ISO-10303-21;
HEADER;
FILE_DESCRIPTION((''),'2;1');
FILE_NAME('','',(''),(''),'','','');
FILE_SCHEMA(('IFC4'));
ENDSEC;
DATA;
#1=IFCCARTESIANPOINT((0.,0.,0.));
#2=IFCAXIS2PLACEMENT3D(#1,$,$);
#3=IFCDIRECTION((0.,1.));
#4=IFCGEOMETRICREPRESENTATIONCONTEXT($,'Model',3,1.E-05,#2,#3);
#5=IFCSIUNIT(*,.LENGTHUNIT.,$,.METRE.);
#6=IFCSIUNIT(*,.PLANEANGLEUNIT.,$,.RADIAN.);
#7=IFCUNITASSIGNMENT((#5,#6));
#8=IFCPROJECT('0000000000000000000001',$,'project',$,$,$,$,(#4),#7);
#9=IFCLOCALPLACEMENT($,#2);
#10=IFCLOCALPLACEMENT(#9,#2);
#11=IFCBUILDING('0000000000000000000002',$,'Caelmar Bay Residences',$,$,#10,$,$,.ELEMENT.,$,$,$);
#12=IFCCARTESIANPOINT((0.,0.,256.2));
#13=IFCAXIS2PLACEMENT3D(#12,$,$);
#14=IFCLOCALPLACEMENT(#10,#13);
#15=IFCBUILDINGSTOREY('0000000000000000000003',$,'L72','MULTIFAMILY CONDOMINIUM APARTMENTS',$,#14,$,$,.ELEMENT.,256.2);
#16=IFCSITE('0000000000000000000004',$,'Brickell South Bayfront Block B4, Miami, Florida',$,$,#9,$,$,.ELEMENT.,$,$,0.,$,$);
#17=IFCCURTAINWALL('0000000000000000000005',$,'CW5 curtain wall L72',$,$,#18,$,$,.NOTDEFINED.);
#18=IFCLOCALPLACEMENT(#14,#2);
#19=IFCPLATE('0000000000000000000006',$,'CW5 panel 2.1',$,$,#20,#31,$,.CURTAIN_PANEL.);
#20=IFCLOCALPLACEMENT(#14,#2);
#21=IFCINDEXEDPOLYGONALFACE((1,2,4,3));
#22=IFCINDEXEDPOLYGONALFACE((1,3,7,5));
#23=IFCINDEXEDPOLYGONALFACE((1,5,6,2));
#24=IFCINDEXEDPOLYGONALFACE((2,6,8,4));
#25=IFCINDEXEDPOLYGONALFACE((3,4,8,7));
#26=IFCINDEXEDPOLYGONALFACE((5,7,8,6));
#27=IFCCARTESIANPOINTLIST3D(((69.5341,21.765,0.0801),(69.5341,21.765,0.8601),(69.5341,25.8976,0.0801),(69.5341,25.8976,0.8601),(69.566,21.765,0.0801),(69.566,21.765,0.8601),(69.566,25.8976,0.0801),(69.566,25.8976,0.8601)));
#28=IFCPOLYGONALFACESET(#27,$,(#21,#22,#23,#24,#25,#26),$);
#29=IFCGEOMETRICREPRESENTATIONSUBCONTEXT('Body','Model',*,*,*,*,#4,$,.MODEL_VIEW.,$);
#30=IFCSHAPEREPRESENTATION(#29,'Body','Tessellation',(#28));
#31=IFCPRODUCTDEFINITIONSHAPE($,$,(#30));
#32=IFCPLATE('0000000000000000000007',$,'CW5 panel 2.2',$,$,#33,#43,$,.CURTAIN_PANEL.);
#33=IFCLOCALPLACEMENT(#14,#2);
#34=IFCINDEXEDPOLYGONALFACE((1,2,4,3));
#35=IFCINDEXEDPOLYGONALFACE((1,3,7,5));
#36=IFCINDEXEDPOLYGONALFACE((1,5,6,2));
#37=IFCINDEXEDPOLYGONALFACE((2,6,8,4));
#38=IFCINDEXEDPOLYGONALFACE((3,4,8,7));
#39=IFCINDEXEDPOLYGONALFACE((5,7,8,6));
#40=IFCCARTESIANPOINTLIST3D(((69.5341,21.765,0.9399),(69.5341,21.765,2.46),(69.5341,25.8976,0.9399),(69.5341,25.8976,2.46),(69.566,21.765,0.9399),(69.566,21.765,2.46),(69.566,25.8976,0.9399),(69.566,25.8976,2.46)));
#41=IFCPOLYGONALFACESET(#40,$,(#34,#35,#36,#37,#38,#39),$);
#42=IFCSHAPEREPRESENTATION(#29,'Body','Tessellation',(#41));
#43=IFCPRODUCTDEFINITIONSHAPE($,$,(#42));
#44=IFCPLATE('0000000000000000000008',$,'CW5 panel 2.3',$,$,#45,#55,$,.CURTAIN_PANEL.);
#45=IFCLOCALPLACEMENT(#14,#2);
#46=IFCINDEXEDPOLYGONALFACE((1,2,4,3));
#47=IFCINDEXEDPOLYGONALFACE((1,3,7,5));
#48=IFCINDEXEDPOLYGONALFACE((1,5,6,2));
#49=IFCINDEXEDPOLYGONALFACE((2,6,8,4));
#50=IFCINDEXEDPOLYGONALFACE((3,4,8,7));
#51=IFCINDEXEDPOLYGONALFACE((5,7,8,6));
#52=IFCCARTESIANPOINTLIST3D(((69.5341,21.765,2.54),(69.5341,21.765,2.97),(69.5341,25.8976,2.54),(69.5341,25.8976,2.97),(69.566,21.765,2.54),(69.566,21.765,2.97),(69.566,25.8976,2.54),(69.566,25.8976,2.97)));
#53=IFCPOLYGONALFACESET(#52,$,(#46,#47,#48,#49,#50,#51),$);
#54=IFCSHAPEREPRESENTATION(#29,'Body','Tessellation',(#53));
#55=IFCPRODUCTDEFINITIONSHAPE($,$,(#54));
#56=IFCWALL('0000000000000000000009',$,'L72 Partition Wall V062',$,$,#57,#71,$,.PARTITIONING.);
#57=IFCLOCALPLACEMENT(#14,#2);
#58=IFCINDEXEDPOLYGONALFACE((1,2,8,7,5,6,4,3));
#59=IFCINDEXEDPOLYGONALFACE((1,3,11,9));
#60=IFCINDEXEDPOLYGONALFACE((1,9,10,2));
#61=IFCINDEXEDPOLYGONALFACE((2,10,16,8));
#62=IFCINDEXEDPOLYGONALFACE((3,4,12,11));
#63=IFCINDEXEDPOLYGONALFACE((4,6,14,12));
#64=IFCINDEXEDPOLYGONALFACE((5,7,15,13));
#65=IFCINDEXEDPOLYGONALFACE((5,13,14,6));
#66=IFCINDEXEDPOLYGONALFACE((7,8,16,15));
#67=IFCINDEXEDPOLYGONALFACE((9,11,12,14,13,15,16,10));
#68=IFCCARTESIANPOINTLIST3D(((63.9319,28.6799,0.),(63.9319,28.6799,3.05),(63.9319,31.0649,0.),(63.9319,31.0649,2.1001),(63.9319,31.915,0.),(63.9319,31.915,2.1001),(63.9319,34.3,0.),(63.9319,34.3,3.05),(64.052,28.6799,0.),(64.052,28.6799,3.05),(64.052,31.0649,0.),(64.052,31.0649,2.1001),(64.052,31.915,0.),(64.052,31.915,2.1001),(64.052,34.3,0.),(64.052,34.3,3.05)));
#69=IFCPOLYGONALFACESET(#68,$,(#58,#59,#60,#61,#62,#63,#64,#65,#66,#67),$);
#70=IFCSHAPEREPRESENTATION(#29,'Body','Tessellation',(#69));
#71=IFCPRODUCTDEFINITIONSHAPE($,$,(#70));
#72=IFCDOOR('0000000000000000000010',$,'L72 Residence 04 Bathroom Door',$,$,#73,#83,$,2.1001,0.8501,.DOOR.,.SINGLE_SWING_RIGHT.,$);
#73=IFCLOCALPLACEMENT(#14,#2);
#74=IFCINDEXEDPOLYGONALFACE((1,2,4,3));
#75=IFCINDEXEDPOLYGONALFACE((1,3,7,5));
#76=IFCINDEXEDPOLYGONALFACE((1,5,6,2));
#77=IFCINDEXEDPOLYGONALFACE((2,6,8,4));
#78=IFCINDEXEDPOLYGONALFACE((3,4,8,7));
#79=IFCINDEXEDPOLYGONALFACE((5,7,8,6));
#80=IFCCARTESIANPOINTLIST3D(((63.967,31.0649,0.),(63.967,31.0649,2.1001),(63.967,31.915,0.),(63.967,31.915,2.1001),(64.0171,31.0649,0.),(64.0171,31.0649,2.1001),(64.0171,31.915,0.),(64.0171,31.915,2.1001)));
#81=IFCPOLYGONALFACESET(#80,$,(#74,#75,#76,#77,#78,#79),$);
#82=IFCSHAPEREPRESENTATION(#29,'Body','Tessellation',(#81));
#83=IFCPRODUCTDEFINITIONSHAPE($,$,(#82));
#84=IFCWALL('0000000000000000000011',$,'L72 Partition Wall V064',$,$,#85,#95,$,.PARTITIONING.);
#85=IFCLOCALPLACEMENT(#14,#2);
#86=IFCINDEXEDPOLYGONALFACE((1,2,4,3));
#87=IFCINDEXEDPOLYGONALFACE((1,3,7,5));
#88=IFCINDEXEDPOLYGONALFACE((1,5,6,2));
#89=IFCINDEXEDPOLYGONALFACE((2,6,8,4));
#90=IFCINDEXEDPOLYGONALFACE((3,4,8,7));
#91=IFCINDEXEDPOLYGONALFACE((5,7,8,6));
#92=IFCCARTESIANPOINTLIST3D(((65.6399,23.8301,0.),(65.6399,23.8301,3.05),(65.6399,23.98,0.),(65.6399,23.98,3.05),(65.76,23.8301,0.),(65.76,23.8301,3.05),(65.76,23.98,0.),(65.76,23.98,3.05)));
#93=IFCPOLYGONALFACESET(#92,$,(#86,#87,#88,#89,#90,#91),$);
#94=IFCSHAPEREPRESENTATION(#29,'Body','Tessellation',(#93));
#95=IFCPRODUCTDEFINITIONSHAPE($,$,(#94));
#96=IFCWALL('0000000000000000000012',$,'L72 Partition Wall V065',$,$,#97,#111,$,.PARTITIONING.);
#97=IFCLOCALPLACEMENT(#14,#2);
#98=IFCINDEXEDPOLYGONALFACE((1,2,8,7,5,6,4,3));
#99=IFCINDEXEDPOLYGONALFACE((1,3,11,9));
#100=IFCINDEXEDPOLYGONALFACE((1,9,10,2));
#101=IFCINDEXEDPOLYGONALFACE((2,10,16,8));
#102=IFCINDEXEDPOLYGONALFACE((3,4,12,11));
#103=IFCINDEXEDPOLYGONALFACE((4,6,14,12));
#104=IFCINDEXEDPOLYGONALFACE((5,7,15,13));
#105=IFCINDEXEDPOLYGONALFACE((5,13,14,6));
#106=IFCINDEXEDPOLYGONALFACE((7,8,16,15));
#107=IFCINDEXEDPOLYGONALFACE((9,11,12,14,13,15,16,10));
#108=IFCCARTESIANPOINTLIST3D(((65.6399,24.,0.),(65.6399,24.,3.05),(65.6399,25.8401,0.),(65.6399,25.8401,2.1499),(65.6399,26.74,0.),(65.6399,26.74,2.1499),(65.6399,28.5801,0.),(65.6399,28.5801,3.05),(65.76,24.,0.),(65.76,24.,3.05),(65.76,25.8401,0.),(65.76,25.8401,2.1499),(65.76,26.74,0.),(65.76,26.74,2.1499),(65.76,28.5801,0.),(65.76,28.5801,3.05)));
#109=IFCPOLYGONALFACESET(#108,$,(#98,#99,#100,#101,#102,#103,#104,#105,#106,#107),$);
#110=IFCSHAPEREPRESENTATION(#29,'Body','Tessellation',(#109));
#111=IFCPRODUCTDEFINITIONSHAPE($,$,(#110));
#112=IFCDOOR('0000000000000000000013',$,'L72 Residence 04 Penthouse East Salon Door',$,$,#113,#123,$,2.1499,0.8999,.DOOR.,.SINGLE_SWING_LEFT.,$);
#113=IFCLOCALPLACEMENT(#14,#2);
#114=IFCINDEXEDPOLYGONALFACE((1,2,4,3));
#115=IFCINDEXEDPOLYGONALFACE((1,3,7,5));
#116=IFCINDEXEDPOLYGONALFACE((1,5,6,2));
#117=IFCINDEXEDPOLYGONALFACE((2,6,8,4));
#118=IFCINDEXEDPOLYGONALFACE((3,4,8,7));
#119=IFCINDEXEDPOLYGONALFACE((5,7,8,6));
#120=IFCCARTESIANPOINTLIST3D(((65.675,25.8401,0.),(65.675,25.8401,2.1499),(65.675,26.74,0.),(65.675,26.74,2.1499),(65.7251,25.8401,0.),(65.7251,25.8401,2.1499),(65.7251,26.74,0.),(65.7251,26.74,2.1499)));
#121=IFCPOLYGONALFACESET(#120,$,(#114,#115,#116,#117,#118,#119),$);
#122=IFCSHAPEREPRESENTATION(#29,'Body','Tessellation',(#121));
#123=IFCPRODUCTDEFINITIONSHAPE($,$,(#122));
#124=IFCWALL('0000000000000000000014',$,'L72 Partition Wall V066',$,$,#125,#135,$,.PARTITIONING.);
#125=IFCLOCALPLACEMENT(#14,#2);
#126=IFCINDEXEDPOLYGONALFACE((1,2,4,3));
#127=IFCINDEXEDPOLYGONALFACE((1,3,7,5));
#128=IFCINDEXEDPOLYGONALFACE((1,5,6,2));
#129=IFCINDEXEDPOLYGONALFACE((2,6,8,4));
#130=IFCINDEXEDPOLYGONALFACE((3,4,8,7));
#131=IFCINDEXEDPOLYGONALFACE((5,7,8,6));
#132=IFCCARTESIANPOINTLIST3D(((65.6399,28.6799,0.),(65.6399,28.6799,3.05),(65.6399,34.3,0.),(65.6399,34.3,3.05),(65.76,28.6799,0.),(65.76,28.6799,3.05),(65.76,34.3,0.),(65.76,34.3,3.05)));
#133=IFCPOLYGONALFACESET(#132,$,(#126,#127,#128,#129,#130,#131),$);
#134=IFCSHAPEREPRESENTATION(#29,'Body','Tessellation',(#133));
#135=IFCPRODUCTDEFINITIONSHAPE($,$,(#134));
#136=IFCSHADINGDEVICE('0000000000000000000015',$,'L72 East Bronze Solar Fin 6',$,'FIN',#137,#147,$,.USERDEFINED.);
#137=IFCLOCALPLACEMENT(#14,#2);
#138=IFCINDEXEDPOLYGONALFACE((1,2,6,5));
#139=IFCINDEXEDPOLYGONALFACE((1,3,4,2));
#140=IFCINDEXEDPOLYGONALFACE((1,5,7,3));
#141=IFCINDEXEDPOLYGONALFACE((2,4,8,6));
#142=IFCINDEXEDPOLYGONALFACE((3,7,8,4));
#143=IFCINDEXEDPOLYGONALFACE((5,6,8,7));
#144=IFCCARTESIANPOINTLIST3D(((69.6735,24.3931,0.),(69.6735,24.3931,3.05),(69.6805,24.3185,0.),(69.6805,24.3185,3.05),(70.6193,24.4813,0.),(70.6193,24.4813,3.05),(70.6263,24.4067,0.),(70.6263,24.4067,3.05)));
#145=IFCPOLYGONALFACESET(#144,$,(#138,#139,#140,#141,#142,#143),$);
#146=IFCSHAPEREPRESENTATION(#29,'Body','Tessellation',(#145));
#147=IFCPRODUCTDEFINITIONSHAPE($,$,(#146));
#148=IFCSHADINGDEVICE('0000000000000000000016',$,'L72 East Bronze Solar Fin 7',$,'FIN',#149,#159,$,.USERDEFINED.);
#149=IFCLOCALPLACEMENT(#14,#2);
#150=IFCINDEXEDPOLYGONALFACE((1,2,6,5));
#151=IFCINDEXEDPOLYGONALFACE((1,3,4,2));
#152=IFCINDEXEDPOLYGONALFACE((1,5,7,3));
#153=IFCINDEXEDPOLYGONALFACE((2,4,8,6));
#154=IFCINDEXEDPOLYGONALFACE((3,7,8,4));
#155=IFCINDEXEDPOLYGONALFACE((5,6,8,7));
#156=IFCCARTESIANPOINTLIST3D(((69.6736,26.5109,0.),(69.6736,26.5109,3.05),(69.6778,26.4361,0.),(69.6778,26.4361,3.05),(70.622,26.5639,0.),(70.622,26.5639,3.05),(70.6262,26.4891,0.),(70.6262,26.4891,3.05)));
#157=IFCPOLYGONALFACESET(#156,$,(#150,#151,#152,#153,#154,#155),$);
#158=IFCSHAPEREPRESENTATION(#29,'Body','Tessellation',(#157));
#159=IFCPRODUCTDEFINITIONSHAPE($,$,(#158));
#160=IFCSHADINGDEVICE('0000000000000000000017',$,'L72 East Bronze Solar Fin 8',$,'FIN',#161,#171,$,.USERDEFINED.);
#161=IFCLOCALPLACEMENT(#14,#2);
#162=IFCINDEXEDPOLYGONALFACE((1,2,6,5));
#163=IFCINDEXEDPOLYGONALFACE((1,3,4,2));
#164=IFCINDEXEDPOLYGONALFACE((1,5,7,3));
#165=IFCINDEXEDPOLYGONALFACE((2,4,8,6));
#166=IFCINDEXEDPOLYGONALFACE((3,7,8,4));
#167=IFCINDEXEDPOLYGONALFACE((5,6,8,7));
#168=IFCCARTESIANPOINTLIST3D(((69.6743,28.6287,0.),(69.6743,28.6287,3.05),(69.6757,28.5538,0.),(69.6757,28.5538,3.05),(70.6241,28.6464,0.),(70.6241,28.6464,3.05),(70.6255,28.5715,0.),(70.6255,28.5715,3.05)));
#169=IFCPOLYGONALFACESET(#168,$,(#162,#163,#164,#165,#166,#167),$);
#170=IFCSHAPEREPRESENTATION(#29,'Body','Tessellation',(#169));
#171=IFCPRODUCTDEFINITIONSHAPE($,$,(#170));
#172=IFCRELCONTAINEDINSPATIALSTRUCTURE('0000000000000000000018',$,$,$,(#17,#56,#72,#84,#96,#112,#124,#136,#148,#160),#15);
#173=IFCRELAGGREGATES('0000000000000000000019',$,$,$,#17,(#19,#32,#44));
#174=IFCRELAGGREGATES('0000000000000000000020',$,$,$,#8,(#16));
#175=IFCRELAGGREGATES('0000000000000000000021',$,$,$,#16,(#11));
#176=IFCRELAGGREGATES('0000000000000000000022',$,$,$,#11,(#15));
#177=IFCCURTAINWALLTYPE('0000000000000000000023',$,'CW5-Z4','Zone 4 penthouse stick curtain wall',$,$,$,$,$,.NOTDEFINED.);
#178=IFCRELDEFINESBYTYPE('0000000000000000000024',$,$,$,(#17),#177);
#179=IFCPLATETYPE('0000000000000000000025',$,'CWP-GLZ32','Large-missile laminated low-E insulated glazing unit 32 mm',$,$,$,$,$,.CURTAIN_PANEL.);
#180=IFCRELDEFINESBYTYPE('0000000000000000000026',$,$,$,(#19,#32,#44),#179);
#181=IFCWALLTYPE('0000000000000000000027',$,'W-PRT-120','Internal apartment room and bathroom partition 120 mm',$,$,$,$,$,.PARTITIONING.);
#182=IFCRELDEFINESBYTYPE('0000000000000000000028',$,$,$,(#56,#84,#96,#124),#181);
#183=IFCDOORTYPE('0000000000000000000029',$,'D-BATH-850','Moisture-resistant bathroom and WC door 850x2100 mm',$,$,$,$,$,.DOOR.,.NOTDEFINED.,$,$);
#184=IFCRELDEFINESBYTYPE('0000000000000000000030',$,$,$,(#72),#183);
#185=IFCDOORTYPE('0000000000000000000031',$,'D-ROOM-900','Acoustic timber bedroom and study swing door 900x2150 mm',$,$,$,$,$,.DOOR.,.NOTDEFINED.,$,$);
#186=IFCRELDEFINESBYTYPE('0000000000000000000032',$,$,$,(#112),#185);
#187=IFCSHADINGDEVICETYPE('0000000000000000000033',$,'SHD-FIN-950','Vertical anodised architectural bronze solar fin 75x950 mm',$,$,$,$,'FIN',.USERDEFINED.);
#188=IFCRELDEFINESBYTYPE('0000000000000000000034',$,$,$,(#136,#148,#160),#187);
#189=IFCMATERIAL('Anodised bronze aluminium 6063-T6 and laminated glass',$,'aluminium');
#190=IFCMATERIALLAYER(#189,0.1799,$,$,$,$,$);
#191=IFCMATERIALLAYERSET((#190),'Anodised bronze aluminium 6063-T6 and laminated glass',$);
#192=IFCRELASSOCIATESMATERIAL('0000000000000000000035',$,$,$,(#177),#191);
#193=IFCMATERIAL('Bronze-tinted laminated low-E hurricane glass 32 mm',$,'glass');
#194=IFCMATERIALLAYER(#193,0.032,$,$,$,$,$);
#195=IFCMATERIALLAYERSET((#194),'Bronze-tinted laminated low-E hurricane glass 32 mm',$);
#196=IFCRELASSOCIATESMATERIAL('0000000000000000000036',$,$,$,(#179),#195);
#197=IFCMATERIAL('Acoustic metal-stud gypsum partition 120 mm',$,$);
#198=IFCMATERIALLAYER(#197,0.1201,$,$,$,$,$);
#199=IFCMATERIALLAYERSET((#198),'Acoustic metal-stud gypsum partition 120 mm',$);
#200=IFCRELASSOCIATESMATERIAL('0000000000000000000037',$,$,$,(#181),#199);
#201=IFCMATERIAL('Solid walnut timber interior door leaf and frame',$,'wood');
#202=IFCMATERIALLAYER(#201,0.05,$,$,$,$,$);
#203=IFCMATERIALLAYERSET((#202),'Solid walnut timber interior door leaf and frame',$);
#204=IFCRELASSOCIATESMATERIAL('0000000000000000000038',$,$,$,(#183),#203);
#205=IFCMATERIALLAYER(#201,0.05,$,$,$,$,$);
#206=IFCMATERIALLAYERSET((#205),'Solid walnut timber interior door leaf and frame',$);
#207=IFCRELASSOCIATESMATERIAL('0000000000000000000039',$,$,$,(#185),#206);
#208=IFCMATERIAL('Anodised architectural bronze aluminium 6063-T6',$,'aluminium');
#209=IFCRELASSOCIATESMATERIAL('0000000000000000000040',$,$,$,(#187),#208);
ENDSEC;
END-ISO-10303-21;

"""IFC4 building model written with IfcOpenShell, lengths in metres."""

from ifc_helpers import new_model, si_unit, direction, frame, frame_2d, origin, origin_2d, place, context, subcontext, project, spatial, rectangle, extrude, material, layer, layer_set, material_profile, profile_set, type_object, element, fill, aggregate, save


model = new_model("IFC4")

# Units and contexts
model_context = context("Model", 3, precision=1e-05, world=origin(), true_north=direction((0.0, 1.0)))
body_context = subcontext(model_context, "Body", "Model", "MODEL_VIEW")
ifc_project = project(units=[si_unit("LENGTHUNIT", "METRE"), si_unit("PLANEANGLEUNIT", "RADIAN")], contexts=[model_context])

# Site, building, storey
site_placement = place(None, origin())
site = spatial("IfcSite", under=ifc_project, at=site_placement, Name="Brickell South Bayfront Block B4, Miami, Florida", CompositionType="ELEMENT", RefElevation=0.0)
building_placement = place(site_placement, origin())
building = spatial("IfcBuilding", under=site, at=building_placement, Name="Caelmar Bay Residences", CompositionType="ELEMENT")
storey_placement = place(building_placement, frame((0.0, 0.0, 256.2)))
storey = spatial("IfcBuildingStorey", under=building, at=storey_placement, Name="L72", Description="MULTIFAMILY CONDOMINIUM APARTMENTS", CompositionType="ELEMENT", Elevation=256.2)

# Curtain wall, plates
ifc_material_1 = material(Name="Anodised bronze aluminium 6063-T6 and laminated glass", Category="aluminium")
ifc_layer_1 = layer(ifc_material_1, 0.1799)
ifc_layer_set_1 = layer_set([ifc_layer_1], Name="Anodised bronze aluminium 6063-T6 and laminated glass")
curtain_wall_type = type_object("IfcCurtainWallType", Name="CW5-Z4", Description="Zone 4 penthouse stick curtain wall", PredefinedType="NOTDEFINED", material=ifc_layer_set_1)
curtain_wall_placement = place(storey_placement, origin())
curtain_wall = element("IfcCurtainWall", 1, at=curtain_wall_placement, inside=storey, type_object=curtain_wall_type, Name="CW5 curtain wall L72", PredefinedType="NOTDEFINED")
ifc_material_2 = material(Name="Bronze-tinted laminated low-E hurricane glass 32 mm", Category="glass")
ifc_layer_2 = layer(ifc_material_2, 0.032)
ifc_layer_set_2 = layer_set([ifc_layer_2], Name="Bronze-tinted laminated low-E hurricane glass 32 mm")
plate_type = type_object("IfcPlateType", Name="CWP-GLZ32", Description="Large-missile laminated low-E insulated glazing unit 32 mm", PredefinedType="CURTAIN_PANEL", material=ifc_layer_set_2)
plate_1_placement = place(storey_placement, frame((69.55, 23.8313, 0.0801), z_axis=(0.0, 0.0, 1.0), x_axis=(0.0, -1.0, 0.0)))
plate_1 = element("IfcPlate", 2, at=plate_1_placement, type_object=plate_type, Name="CW5 panel 2.1", PredefinedType="CURTAIN_PANEL", context=body_context, shape_type="SweptSolid", body=[
    extrude(rectangle(XDim=4.1326, YDim=0.032, at=origin_2d()), origin(), (0.0, 0.0, 1.0), 0.78),
])
plate_2_placement = place(storey_placement, frame((69.55, 23.8313, 0.9399), z_axis=(0.0, 0.0, 1.0), x_axis=(0.0, -1.0, 0.0)))
plate_2 = element("IfcPlate", 3, at=plate_2_placement, type_object=plate_type, Name="CW5 panel 2.2", PredefinedType="CURTAIN_PANEL", context=body_context, shape_type="SweptSolid", body=[
    extrude(rectangle(XDim=4.1326, YDim=0.032, at=origin_2d()), origin(), (0.0, 0.0, 1.0), 1.52),
])
plate_3_placement = place(storey_placement, frame((69.55, 23.8313, 2.54), z_axis=(0.0, 0.0, 1.0), x_axis=(0.0, -1.0, 0.0)))
plate_3 = element("IfcPlate", 4, at=plate_3_placement, type_object=plate_type, Name="CW5 panel 2.3", PredefinedType="CURTAIN_PANEL", context=body_context, shape_type="SweptSolid", body=[
    extrude(rectangle(XDim=4.1326, YDim=0.032, at=origin_2d()), origin(), (0.0, 0.0, 1.0), 0.4299),
])
aggregate(curtain_wall, [plate_1, plate_2, plate_3])

# Wall, opening, door
ifc_material_3 = material(Name="Acoustic metal-stud gypsum partition 120 mm")
ifc_layer_3 = layer(ifc_material_3, 0.1201)
ifc_layer_set_3 = layer_set([ifc_layer_3], Name="Acoustic metal-stud gypsum partition 120 mm")
wall_type = type_object("IfcWallType", Name="W-PRT-120", Description="Internal apartment room and bathroom partition 120 mm", PredefinedType="PARTITIONING", material=ifc_layer_set_3)
wall_1_placement = place(storey_placement, frame((63.9919, 28.6799, 0.0), z_axis=(0.0, 0.0, 1.0), x_axis=(0.0, 1.0, 0.0)))
wall_1 = element("IfcWall", 5, at=wall_1_placement, inside=storey, type_object=wall_type, Name="L72 Partition Wall V062", PredefinedType="PARTITIONING", context=body_context, shape_type="SweptSolid", body=[
    extrude(rectangle(XDim=5.6201, YDim=0.1201, at=frame_2d((2.8101, 0.0))), origin(), (0.0, 0.0, 1.0), 3.05),
])
opening_1_placement = place(wall_1_placement, frame((2.385, 0.0, 0.0)))
opening_1 = element("IfcOpeningElement", 6, at=opening_1_placement, cuts=wall_1, PredefinedType="OPENING", context=body_context, shape_type="SweptSolid", body=[
    extrude(rectangle(XDim=0.8501, YDim=2.1001, at=frame_2d((0.425, 1.05))), frame((0.0, 0.0701, 0.0), z_axis=(0.0, -1.0, 0.0), x_axis=(1.0, 0.0, 0.0)), (0.0, 0.0, 1.0), 0.1401),
])
ifc_material_4 = material(Name="Solid walnut timber interior door leaf and frame", Category="wood")
ifc_layer_4 = layer(ifc_material_4, 0.05)
ifc_layer_set_4 = layer_set([ifc_layer_4], Name="Solid walnut timber interior door leaf and frame")
door_type_1 = type_object("IfcDoorType", Name="D-BATH-850", Description="Moisture-resistant bathroom and WC door 850x2100 mm", OperationType="NOTDEFINED", PredefinedType="DOOR", material=ifc_layer_set_4)
door_1_placement = place(opening_1_placement, origin())
door_1 = element("IfcDoor", 7, at=door_1_placement, inside=storey, type_object=door_type_1, Name="L72 Residence 04 Bathroom Door", OperationType="SINGLE_SWING_RIGHT", OverallHeight=2.1001, OverallWidth=0.8501, PredefinedType="DOOR", context=body_context, shape_type="SweptSolid", body=[
    extrude(rectangle(XDim=0.8501, YDim=2.1001, at=frame_2d((0.425, 1.05))), frame((0.0, 0.0249, 0.0), z_axis=(0.0, -1.0, 0.0), x_axis=(1.0, 0.0, 0.0)), (0.0, 0.0, 1.0), 0.05),
])
fill(opening_1, door_1)

# Wall
wall_2_placement = place(storey_placement, frame((65.7, 23.8301, 0.0), z_axis=(0.0, 0.0, 1.0), x_axis=(0.0, 1.0, 0.0)))
element("IfcWall", 8, at=wall_2_placement, inside=storey, type_object=wall_type, Name="L72 Partition Wall V064", PredefinedType="PARTITIONING", context=body_context, shape_type="SweptSolid", body=[
    extrude(rectangle(XDim=0.1499, YDim=0.1201, at=frame_2d((0.075, 0.0))), origin(), (0.0, 0.0, 1.0), 3.05),
])

# Wall, opening, door
wall_3_placement = place(storey_placement, frame((65.7, 24.0, 0.0), z_axis=(0.0, 0.0, 1.0), x_axis=(0.0, 1.0, 0.0)))
wall_3 = element("IfcWall", 9, at=wall_3_placement, inside=storey, type_object=wall_type, Name="L72 Partition Wall V065", PredefinedType="PARTITIONING", context=body_context, shape_type="SweptSolid", body=[
    extrude(rectangle(XDim=4.5801, YDim=0.1201, at=frame_2d((2.29, 0.0))), origin(), (0.0, 0.0, 1.0), 3.05),
])
opening_2_placement = place(wall_3_placement, frame((1.8401, 0.0, 0.0)))
opening_2 = element("IfcOpeningElement", 10, at=opening_2_placement, cuts=wall_3, PredefinedType="OPENING", context=body_context, shape_type="SweptSolid", body=[
    extrude(rectangle(XDim=0.8999, YDim=2.1499, at=frame_2d((0.45, 1.075))), frame((0.0, 0.0701, 0.0), z_axis=(0.0, -1.0, 0.0), x_axis=(1.0, 0.0, 0.0)), (0.0, 0.0, 1.0), 0.1401),
])
ifc_layer_5 = layer(ifc_material_4, 0.05)
ifc_layer_set_5 = layer_set([ifc_layer_5], Name="Solid walnut timber interior door leaf and frame")
door_type_2 = type_object("IfcDoorType", Name="D-ROOM-900", Description="Acoustic timber bedroom and study swing door 900x2150 mm", OperationType="NOTDEFINED", PredefinedType="DOOR", material=ifc_layer_set_5)
door_2_placement = place(opening_2_placement, origin())
door_2 = element("IfcDoor", 11, at=door_2_placement, inside=storey, type_object=door_type_2, Name="L72 Residence 04 Penthouse East Salon Door", OperationType="SINGLE_SWING_LEFT", OverallHeight=2.1499, OverallWidth=0.8999, PredefinedType="DOOR", context=body_context, shape_type="SweptSolid", body=[
    extrude(rectangle(XDim=0.8999, YDim=2.1499, at=frame_2d((0.45, 1.075))), frame((0.0, 0.0249, 0.0), z_axis=(0.0, -1.0, 0.0), x_axis=(1.0, 0.0, 0.0)), (0.0, 0.0, 1.0), 0.05),
])
fill(opening_2, door_2)

# Wall
wall_4_placement = place(storey_placement, frame((65.7, 28.6799, 0.0), z_axis=(0.0, 0.0, 1.0), x_axis=(0.0, 1.0, 0.0)))
element("IfcWall", 12, at=wall_4_placement, inside=storey, type_object=wall_type, Name="L72 Partition Wall V066", PredefinedType="PARTITIONING", context=body_context, shape_type="SweptSolid", body=[
    extrude(rectangle(XDim=5.6201, YDim=0.1201, at=frame_2d((2.8101, 0.0))), origin(), (0.0, 0.0, 1.0), 3.05),
])

# Shading devices
ifc_material_5 = material(Name="Anodised architectural bronze aluminium 6063-T6", Category="aluminium")
ifc_material_profile_1 = material_profile(ifc_material_5, rectangle(XDim=0.075, YDim=0.95, at=origin_2d()), Name="BRONZE-FIN-75X950")
ifc_profile_set_1 = profile_set([ifc_material_profile_1], Name="Anodised architectural bronze aluminium 6063-T6")
shading_device_type = type_object("IfcShadingDeviceType", Name="SHD-FIN-950", Description="Vertical anodised architectural bronze solar fin 75x950 mm", ElementType="FIN", PredefinedType="USERDEFINED", material=ifc_profile_set_1)
for number, where, z_axis, x_axis, name in (
    (13, (70.1499, 24.3999, 0.0), (0.0, 0.0, 1.0), (-0.092892, 0.995676, 0.0), "L72 East Bronze Solar Fin 6"),
    (14, (70.1499, 26.5, 0.0), (0.0, 0.0, 1.0), (-0.055822, 0.998441, 0.0), "L72 East Bronze Solar Fin 7"),
    (15, (70.1499, 28.6001, 0.0), (0.0, 0.0, 1.0), (-0.018674, 0.999826, 0.0), "L72 East Bronze Solar Fin 8"),
):
    element("IfcShadingDevice", number, at=place(storey_placement, frame(where, z_axis=z_axis, x_axis=x_axis)), inside=storey, type_object=shading_device_type, Name=name, ObjectType="FIN", PredefinedType="USERDEFINED", context=body_context, shape_type="SweptSolid", body=[
        extrude(rectangle(XDim=0.075, YDim=0.95, at=origin_2d()), origin(), (0.0, 0.0, 1.0), 3.05),
    ])

save(model, "model.ifc")
